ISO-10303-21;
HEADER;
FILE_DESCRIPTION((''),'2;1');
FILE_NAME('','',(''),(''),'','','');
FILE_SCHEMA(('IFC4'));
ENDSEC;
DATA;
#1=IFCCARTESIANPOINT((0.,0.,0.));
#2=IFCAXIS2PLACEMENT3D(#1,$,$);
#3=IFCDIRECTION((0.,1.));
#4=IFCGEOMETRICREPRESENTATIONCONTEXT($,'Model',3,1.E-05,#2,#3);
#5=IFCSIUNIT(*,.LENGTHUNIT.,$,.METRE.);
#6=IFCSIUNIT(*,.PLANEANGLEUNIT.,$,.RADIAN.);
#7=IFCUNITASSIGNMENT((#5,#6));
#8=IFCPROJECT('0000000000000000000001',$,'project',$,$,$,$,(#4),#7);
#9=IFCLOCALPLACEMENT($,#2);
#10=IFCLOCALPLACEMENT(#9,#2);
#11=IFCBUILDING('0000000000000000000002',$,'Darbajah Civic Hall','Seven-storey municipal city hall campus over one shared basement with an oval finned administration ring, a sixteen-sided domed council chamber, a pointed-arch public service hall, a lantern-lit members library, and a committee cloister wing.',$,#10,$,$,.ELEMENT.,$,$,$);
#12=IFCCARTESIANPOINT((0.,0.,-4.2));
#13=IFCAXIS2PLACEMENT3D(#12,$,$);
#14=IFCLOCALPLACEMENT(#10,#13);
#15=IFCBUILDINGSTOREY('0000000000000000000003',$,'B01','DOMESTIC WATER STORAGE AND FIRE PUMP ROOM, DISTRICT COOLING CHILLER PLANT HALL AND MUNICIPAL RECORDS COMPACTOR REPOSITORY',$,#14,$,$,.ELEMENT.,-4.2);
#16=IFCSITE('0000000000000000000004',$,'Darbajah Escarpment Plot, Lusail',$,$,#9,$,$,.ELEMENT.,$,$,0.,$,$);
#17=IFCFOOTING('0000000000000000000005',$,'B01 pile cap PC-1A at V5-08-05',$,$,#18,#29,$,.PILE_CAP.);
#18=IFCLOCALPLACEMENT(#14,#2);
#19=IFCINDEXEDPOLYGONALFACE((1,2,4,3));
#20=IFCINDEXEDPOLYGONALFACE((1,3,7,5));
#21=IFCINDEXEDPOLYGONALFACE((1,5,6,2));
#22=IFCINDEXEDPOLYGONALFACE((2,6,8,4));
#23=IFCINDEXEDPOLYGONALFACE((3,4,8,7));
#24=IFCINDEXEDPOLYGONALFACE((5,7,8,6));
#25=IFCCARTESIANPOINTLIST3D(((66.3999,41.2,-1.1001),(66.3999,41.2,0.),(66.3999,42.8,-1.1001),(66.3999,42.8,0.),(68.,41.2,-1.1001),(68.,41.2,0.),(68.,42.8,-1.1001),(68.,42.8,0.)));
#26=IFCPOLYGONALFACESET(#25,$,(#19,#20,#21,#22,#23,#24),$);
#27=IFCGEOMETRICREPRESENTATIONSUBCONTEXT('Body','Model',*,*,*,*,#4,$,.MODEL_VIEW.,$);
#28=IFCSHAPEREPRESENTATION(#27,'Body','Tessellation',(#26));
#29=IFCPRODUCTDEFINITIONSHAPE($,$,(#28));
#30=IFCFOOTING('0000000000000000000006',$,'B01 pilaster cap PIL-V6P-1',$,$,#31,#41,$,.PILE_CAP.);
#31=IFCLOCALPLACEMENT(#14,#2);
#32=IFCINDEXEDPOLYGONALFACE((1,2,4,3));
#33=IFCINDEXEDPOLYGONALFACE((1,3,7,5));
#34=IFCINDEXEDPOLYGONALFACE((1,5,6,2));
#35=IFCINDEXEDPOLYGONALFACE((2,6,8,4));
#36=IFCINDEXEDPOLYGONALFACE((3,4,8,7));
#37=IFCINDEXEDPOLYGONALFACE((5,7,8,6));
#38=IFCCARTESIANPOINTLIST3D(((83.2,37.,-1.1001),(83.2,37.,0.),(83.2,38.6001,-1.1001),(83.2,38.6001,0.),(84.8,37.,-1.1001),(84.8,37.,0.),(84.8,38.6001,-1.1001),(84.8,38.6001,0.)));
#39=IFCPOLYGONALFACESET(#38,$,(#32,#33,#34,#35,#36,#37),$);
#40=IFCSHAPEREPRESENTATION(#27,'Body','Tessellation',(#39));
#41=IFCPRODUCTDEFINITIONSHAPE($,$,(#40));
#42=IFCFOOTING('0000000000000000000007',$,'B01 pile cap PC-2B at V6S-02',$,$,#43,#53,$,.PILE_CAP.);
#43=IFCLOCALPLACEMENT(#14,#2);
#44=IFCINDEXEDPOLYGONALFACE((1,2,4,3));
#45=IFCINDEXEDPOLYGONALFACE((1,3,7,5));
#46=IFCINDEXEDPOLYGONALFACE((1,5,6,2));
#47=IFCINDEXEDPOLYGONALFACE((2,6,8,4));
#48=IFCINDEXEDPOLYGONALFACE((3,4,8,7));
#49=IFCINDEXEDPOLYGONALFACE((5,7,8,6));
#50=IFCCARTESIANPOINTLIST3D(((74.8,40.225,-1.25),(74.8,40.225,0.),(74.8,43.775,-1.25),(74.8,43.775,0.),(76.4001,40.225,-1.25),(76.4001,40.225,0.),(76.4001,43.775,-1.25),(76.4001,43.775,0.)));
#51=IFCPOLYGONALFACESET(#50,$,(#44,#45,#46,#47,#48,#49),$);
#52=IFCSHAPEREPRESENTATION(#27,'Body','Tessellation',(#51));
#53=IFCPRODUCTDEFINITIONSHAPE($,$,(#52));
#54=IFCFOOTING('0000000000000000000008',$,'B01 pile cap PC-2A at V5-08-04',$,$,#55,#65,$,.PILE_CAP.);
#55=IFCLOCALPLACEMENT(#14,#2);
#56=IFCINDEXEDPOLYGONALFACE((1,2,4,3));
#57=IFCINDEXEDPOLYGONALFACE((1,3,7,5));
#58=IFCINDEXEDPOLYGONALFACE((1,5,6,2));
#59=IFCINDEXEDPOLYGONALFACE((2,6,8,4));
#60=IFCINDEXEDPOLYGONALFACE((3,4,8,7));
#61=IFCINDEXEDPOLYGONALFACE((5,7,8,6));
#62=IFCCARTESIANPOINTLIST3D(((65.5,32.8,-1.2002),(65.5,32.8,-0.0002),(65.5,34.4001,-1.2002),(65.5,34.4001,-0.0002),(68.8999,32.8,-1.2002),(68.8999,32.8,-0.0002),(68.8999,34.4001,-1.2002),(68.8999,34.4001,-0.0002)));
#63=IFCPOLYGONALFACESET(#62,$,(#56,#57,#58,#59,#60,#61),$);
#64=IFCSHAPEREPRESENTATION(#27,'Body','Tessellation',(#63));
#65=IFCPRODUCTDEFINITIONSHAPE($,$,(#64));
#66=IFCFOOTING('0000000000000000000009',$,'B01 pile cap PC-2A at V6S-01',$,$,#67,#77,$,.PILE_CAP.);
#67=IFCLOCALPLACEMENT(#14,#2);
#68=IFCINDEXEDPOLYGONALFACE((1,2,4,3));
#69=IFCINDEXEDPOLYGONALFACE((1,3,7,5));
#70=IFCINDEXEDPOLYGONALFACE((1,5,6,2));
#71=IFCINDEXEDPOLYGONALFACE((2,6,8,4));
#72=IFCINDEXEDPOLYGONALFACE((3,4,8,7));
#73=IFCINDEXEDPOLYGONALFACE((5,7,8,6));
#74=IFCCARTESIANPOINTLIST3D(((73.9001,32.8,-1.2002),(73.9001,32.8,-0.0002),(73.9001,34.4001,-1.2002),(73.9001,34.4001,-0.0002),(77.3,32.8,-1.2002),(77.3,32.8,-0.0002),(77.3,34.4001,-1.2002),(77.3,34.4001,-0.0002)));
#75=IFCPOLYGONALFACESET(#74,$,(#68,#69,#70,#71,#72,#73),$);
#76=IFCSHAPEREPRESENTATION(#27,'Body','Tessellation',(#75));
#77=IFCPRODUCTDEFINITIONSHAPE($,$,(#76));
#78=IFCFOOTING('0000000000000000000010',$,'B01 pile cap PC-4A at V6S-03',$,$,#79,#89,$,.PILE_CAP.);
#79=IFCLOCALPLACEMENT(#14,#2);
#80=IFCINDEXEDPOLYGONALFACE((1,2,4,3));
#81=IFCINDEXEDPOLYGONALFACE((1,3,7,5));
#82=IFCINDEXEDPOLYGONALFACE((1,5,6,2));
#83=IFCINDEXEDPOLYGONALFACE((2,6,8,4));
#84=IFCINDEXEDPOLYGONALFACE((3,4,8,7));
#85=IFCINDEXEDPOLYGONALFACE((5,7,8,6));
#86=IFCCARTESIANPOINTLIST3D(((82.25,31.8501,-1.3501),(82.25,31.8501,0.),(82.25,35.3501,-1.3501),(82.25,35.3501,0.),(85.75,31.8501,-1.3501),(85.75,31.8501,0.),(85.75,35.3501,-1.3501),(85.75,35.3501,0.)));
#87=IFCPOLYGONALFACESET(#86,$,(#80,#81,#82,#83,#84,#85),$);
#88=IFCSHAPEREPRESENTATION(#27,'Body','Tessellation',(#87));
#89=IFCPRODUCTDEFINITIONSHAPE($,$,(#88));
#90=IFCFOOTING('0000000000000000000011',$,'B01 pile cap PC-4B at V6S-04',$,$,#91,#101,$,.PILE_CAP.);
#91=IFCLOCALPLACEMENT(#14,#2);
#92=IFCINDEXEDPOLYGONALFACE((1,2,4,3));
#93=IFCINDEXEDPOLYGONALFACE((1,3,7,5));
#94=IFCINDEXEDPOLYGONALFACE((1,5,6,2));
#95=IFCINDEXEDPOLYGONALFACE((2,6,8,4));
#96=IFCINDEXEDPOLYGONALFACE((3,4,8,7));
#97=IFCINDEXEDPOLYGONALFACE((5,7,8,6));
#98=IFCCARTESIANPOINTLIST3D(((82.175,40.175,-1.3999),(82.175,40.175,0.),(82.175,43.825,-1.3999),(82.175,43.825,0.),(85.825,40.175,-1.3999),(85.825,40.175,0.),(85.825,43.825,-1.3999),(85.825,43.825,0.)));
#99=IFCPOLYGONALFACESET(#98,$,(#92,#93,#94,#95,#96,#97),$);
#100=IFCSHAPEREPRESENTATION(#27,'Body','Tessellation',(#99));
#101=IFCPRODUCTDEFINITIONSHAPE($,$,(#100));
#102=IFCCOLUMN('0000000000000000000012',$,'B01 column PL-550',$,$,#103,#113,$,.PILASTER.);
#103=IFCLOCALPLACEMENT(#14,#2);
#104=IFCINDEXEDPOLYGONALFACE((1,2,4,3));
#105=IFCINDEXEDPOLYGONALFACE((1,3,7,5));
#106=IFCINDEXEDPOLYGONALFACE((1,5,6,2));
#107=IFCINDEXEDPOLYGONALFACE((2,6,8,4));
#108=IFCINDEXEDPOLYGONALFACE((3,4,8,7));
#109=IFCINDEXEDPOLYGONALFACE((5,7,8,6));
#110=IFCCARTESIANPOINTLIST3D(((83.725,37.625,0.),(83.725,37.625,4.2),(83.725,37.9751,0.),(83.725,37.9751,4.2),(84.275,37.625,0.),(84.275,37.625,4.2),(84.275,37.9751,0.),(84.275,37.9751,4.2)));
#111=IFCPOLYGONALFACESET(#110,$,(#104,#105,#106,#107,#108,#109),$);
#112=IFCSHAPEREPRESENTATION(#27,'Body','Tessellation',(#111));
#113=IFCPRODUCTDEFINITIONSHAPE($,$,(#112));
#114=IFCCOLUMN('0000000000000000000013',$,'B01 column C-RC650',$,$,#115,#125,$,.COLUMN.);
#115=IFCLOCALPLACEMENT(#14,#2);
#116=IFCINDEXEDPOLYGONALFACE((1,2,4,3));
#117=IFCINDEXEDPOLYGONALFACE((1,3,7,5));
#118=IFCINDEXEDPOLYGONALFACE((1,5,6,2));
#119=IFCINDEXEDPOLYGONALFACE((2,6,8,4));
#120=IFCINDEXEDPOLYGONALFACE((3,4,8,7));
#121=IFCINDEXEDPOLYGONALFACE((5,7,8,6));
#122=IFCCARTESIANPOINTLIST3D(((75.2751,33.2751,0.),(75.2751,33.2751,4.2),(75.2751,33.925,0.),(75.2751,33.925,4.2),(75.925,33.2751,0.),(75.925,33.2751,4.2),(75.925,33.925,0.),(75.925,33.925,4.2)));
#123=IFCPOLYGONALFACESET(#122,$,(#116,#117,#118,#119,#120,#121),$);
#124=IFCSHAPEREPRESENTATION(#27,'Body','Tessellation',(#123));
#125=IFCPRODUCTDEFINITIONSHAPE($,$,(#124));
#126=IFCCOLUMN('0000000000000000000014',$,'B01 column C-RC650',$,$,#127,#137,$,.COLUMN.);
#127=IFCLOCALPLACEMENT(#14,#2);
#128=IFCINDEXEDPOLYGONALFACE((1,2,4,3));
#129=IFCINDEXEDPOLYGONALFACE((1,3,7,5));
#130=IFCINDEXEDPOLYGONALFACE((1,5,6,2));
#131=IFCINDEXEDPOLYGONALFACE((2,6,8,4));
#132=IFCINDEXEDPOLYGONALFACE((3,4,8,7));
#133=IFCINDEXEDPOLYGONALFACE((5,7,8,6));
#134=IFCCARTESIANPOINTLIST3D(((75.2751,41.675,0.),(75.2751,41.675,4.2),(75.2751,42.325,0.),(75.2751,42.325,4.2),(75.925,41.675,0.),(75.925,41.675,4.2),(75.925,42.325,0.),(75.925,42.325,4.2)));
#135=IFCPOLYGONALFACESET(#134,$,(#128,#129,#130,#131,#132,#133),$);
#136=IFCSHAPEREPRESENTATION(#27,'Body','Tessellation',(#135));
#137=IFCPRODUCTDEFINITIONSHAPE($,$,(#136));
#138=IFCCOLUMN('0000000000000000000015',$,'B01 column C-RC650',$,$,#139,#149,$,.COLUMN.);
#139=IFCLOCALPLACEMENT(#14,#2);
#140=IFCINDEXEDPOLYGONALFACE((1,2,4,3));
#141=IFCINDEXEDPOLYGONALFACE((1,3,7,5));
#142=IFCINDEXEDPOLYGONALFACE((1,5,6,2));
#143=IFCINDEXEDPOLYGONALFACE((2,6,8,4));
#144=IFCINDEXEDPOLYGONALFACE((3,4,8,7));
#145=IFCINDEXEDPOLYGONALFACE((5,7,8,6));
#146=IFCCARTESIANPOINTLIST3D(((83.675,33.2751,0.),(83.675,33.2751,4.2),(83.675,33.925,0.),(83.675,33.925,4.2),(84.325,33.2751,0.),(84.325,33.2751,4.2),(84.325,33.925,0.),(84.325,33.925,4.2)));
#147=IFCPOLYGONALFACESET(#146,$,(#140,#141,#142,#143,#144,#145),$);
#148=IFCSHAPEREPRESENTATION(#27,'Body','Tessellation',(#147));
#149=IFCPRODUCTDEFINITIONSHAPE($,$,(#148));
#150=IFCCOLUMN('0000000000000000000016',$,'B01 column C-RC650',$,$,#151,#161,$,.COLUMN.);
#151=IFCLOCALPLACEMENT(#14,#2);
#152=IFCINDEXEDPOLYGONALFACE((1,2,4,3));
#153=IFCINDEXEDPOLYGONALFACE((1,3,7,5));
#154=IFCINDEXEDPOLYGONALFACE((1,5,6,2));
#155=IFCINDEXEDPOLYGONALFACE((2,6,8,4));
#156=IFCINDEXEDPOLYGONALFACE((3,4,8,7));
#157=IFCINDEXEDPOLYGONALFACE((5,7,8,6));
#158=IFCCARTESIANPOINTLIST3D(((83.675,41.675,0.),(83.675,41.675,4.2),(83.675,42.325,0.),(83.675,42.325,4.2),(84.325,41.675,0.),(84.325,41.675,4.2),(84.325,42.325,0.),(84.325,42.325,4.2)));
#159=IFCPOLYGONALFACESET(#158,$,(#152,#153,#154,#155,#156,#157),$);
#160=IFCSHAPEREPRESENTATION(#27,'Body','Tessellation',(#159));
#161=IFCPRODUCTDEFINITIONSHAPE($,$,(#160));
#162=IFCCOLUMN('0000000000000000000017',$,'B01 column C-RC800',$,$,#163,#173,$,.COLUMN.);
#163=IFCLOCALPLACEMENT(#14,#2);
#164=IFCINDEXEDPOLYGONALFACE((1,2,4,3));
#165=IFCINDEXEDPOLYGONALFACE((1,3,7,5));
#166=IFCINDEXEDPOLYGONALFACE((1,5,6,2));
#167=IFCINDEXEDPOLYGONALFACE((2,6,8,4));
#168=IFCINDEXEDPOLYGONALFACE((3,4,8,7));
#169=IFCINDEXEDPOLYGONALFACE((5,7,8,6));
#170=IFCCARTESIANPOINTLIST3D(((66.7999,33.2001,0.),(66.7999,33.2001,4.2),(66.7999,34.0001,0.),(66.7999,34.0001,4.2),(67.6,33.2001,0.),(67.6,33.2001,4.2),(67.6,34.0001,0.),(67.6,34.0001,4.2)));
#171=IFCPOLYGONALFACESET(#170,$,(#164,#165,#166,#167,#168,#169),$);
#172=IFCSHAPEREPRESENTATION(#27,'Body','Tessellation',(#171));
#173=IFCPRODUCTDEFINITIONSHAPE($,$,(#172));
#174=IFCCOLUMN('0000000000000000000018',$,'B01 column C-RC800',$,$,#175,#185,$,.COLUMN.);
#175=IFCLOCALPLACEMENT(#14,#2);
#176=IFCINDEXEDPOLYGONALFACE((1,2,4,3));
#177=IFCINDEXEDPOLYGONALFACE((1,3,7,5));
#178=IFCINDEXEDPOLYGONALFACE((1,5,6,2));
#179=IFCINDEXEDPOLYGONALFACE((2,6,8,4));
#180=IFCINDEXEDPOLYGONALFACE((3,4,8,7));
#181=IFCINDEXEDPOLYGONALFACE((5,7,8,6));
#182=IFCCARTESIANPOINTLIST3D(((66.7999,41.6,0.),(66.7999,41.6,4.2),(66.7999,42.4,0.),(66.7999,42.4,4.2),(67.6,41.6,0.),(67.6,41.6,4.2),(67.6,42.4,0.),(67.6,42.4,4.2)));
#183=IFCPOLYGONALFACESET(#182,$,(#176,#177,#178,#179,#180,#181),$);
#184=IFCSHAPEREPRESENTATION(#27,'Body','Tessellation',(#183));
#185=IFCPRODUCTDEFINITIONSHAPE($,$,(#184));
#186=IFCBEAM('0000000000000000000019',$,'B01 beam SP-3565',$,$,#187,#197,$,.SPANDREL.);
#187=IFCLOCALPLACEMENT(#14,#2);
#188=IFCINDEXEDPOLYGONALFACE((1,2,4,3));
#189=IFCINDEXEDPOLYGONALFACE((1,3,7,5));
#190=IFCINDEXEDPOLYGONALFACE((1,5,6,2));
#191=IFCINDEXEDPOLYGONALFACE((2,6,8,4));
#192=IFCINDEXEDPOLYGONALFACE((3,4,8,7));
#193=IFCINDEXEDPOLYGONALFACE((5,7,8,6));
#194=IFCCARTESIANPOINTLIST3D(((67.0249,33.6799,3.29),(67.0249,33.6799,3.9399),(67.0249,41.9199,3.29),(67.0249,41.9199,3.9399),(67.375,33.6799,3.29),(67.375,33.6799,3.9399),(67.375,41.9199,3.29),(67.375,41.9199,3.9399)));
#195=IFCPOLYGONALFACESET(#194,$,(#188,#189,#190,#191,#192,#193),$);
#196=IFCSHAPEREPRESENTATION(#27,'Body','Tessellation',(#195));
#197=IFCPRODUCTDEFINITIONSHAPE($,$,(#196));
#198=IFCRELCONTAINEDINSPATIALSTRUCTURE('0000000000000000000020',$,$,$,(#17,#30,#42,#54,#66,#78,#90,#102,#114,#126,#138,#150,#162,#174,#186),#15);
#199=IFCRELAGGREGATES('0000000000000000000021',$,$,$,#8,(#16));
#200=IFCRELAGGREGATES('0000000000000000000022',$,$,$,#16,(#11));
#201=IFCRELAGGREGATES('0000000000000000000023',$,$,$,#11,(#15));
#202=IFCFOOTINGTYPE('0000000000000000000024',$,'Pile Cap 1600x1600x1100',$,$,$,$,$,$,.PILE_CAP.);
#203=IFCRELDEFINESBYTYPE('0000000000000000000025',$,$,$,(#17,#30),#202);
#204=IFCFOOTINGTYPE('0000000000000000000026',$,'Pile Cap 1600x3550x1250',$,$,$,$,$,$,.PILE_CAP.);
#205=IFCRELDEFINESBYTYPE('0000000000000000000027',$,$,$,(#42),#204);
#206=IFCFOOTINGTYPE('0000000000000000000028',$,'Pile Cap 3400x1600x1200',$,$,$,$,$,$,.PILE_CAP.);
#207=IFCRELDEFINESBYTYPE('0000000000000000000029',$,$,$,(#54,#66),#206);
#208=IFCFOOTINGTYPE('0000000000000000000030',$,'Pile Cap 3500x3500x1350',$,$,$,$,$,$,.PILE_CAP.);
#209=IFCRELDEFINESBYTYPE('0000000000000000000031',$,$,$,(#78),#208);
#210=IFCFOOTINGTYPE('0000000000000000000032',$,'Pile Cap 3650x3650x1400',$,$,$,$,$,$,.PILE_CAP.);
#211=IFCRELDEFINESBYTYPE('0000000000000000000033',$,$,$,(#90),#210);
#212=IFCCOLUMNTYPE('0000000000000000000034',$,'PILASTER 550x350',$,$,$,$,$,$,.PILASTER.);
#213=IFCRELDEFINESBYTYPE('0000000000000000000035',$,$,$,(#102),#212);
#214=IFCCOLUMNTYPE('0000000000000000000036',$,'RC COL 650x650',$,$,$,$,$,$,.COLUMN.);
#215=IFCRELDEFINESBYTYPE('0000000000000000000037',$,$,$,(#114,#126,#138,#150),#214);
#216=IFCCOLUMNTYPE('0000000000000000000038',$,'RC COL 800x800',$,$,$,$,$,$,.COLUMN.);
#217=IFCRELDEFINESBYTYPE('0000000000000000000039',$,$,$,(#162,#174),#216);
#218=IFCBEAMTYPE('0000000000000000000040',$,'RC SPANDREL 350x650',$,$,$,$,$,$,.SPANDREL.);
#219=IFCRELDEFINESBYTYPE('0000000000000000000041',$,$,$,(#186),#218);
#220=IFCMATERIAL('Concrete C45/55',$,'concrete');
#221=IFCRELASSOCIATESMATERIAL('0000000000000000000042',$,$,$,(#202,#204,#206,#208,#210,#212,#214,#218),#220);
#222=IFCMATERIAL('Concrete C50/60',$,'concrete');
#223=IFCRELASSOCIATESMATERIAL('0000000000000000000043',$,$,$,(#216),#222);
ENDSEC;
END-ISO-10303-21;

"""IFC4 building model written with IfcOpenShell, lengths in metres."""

from ifc_helpers import new_model, si_unit, direction, frame, origin, origin_2d, place, context, subcontext, project, spatial, rectangle, extrude, material, material_profile, profile_set, type_object, element, save


model = new_model("IFC4")

# Units and contexts
model_context = context("Model", 3, precision=1e-05, world=origin(), true_north=direction((0.0, 1.0)))
body_context = subcontext(model_context, "Body", "Model", "MODEL_VIEW")
ifc_project = project(units=[si_unit("LENGTHUNIT", "METRE"), si_unit("PLANEANGLEUNIT", "RADIAN")], contexts=[model_context])

# Site, building, storey
site_placement = place(None, origin())
site = spatial("IfcSite", under=ifc_project, at=site_placement, Name="Darbajah Escarpment Plot, Lusail", CompositionType="ELEMENT", RefElevation=0.0)
building_placement = place(site_placement, origin())
building = spatial("IfcBuilding", under=site, at=building_placement, Name="Darbajah Civic Hall", Description="Seven-storey municipal city hall campus over one shared basement with an oval finned administration ring, a sixteen-sided domed council chamber, a pointed-arch public service hall, a lantern-lit members library, and a committee cloister wing.", CompositionType="ELEMENT")
storey_placement = place(building_placement, frame((0.0, 0.0, -4.2)))
storey = spatial("IfcBuildingStorey", under=building, at=storey_placement, Name="B01", Description="DOMESTIC WATER STORAGE AND FIRE PUMP ROOM, DISTRICT COOLING CHILLER PLANT HALL AND MUNICIPAL RECORDS COMPACTOR REPOSITORY", CompositionType="ELEMENT", Elevation=-4.2)

# Shared definitions
ifc_material_1 = material(Name="Concrete C45/55", Category="concrete")

# Footings
footing_type_1 = type_object("IfcFootingType", Name="Pile Cap 1600x1600x1100", PredefinedType="PILE_CAP", material=ifc_material_1)
for number, where, z_axis, x_axis, name in (
    (1, (67.2, 42.0, -1.1001), (0.0, 0.0, 1.0), (1.0, 0.0, 0.0), "B01 pile cap PC-1A at V5-08-05"),
    (2, (84.0, 37.8, -1.1001), (0.0, 0.0, 1.0), (1.0, 0.0, 0.0), "B01 pilaster cap PIL-V6P-1"),
):
    element("IfcFooting", number, at=place(storey_placement, frame(where, z_axis=z_axis, x_axis=x_axis)), inside=storey, type_object=footing_type_1, Name=name, PredefinedType="PILE_CAP", context=body_context, shape_type="SweptSolid", body=[
        extrude(rectangle(XDim=1.6001, YDim=1.6001, at=origin_2d()), origin(), (0.0, 0.0, 1.0), 1.1001),
    ])
footing_type_2 = type_object("IfcFootingType", Name="Pile Cap 1600x3550x1250", PredefinedType="PILE_CAP", material=ifc_material_1)
footing_1_placement = place(storey_placement, frame((75.6001, 42.0, -1.25), z_axis=(0.0, 0.0, 1.0), x_axis=(1.0, 0.0, 0.0)))
element("IfcFooting", 3, at=footing_1_placement, inside=storey, type_object=footing_type_2, Name="B01 pile cap PC-2B at V6S-02", PredefinedType="PILE_CAP", context=body_context, shape_type="SweptSolid", body=[
    extrude(rectangle(XDim=1.6001, YDim=3.55, at=origin_2d()), origin(), (0.0, 0.0, 1.0), 1.25),
])
footing_type_3 = type_object("IfcFootingType", Name="Pile Cap 3400x1600x1200", PredefinedType="PILE_CAP", material=ifc_material_1)
for number, where, z_axis, x_axis, name in (
    (4, (67.2, 33.6001, -1.2002), (0.0, 0.0, 1.0), (1.0, 0.0, 0.0), "B01 pile cap PC-2A at V5-08-04"),
    (5, (75.6001, 33.6001, -1.2002), (0.0, 0.0, 1.0), (1.0, 0.0, 0.0), "B01 pile cap PC-2A at V6S-01"),
):
    element("IfcFooting", number, at=place(storey_placement, frame(where, z_axis=z_axis, x_axis=x_axis)), inside=storey, type_object=footing_type_3, Name=name, PredefinedType="PILE_CAP", context=body_context, shape_type="SweptSolid", body=[
        extrude(rectangle(XDim=3.3999, YDim=1.6001, at=origin_2d()), origin(), (0.0, 0.0, 1.0), 1.2),
    ])
footing_type_4 = type_object("IfcFootingType", Name="Pile Cap 3500x3500x1350", PredefinedType="PILE_CAP", material=ifc_material_1)
footing_2_placement = place(storey_placement, frame((84.0, 33.6001, -1.3501), z_axis=(0.0, 0.0, 1.0), x_axis=(1.0, 0.0, 0.0)))
element("IfcFooting", 6, at=footing_2_placement, inside=storey, type_object=footing_type_4, Name="B01 pile cap PC-4A at V6S-03", PredefinedType="PILE_CAP", context=body_context, shape_type="SweptSolid", body=[
    extrude(rectangle(XDim=3.5, YDim=3.5, at=origin_2d()), origin(), (0.0, 0.0, 1.0), 1.3501),
])
footing_type_5 = type_object("IfcFootingType", Name="Pile Cap 3650x3650x1400", PredefinedType="PILE_CAP", material=ifc_material_1)
footing_3_placement = place(storey_placement, frame((84.0, 42.0, -1.3999), z_axis=(0.0, 0.0, 1.0), x_axis=(1.0, 0.0, 0.0)))
element("IfcFooting", 7, at=footing_3_placement, inside=storey, type_object=footing_type_5, Name="B01 pile cap PC-4B at V6S-04", PredefinedType="PILE_CAP", context=body_context, shape_type="SweptSolid", body=[
    extrude(rectangle(XDim=3.6499, YDim=3.6499, at=origin_2d()), origin(), (0.0, 0.0, 1.0), 1.3999),
])

# Columns
ifc_material_profile_1 = material_profile(ifc_material_1, rectangle(XDim=0.55, YDim=0.3501, at=origin_2d()), Name="PILASTER 550x350")
ifc_profile_set_1 = profile_set([ifc_material_profile_1], Name="Concrete C45/55")
column_type_1 = type_object("IfcColumnType", Name="PILASTER 550x350", PredefinedType="PILASTER", material=ifc_profile_set_1)
column_placement = place(storey_placement, frame((84.0, 37.8, 0.0), z_axis=(0.0, 0.0, 1.0), x_axis=(1.0, 0.0, 0.0)))
element("IfcColumn", 8, at=column_placement, inside=storey, type_object=column_type_1, Name="B01 column PL-550", PredefinedType="PILASTER", context=body_context, shape_type="SweptSolid", body=[
    extrude(rectangle(XDim=0.55, YDim=0.3501, at=origin_2d()), origin(), (0.0, 0.0, 1.0), 4.2),
])
ifc_material_profile_2 = material_profile(ifc_material_1, rectangle(XDim=0.6499, YDim=0.6499, at=origin_2d()), Name="RC COL 650x650")
ifc_profile_set_2 = profile_set([ifc_material_profile_2], Name="Concrete C45/55")
column_type_2 = type_object("IfcColumnType", Name="RC COL 650x650", PredefinedType="COLUMN", material=ifc_profile_set_2)
for number, where, z_axis, x_axis, name in (
    (9, (75.6001, 33.6001, 0.0), (0.0, 0.0, 1.0), (1.0, 0.0, 0.0), "B01 column C-RC650"),
    (10, (75.6001, 42.0, 0.0), (0.0, 0.0, 1.0), (1.0, 0.0, 0.0), "B01 column C-RC650"),
    (11, (84.0, 33.6001, 0.0), (0.0, 0.0, 1.0), (1.0, 0.0, 0.0), "B01 column C-RC650"),
    (12, (84.0, 42.0, 0.0), (0.0, 0.0, 1.0), (1.0, 0.0, 0.0), "B01 column C-RC650"),
):
    element("IfcColumn", number, at=place(storey_placement, frame(where, z_axis=z_axis, x_axis=x_axis)), inside=storey, type_object=column_type_2, Name=name, PredefinedType="COLUMN", context=body_context, shape_type="SweptSolid", body=[
        extrude(rectangle(XDim=0.6499, YDim=0.6499, at=origin_2d()), origin(), (0.0, 0.0, 1.0), 4.2),
    ])
ifc_material_2 = material(Name="Concrete C50/60", Category="concrete")
ifc_material_profile_3 = material_profile(ifc_material_2, rectangle(XDim=0.8, YDim=0.8, at=origin_2d()), Name="RC COL 800x800")
ifc_profile_set_3 = profile_set([ifc_material_profile_3], Name="Concrete C50/60")
column_type_3 = type_object("IfcColumnType", Name="RC COL 800x800", PredefinedType="COLUMN", material=ifc_profile_set_3)
for number, where, z_axis, x_axis, name in (
    (13, (67.2, 33.6001, 0.0), (0.0, 0.0, 1.0), (1.0, 0.0, 0.0), "B01 column C-RC800"),
    (14, (67.2, 42.0, 0.0), (0.0, 0.0, 1.0), (1.0, 0.0, 0.0), "B01 column C-RC800"),
):
    element("IfcColumn", number, at=place(storey_placement, frame(where, z_axis=z_axis, x_axis=x_axis)), inside=storey, type_object=column_type_3, Name=name, PredefinedType="COLUMN", context=body_context, shape_type="SweptSolid", body=[
        extrude(rectangle(XDim=0.8, YDim=0.8, at=origin_2d()), origin(), (0.0, 0.0, 1.0), 4.2),
    ])

# Beam
ifc_material_profile_4 = material_profile(ifc_material_1, rectangle(XDim=0.3501, YDim=0.6499, at=origin_2d()), Name="RC SPANDREL 350x650")
ifc_profile_set_4 = profile_set([ifc_material_profile_4], Name="Concrete C45/55")
beam_type_1 = type_object("IfcBeamType", Name="RC SPANDREL 350x650", PredefinedType="SPANDREL", material=ifc_profile_set_4)
beam_1_placement = place(storey_placement, frame((67.2, 33.6799, 3.615), z_axis=(0.0, 1.0, 0.0), x_axis=(-1.0, 0.0, 0.0)))
element("IfcBeam", 15, at=beam_1_placement, inside=storey, type_object=beam_type_1, Name="B01 beam SP-3565", PredefinedType="SPANDREL", context=body_context, shape_type="SweptSolid", body=[
    extrude(rectangle(XDim=0.3501, YDim=0.6499, at=origin_2d()), origin(), (0.0, 0.0, 1.0), 8.24),
])

save(model, "model.ifc")
